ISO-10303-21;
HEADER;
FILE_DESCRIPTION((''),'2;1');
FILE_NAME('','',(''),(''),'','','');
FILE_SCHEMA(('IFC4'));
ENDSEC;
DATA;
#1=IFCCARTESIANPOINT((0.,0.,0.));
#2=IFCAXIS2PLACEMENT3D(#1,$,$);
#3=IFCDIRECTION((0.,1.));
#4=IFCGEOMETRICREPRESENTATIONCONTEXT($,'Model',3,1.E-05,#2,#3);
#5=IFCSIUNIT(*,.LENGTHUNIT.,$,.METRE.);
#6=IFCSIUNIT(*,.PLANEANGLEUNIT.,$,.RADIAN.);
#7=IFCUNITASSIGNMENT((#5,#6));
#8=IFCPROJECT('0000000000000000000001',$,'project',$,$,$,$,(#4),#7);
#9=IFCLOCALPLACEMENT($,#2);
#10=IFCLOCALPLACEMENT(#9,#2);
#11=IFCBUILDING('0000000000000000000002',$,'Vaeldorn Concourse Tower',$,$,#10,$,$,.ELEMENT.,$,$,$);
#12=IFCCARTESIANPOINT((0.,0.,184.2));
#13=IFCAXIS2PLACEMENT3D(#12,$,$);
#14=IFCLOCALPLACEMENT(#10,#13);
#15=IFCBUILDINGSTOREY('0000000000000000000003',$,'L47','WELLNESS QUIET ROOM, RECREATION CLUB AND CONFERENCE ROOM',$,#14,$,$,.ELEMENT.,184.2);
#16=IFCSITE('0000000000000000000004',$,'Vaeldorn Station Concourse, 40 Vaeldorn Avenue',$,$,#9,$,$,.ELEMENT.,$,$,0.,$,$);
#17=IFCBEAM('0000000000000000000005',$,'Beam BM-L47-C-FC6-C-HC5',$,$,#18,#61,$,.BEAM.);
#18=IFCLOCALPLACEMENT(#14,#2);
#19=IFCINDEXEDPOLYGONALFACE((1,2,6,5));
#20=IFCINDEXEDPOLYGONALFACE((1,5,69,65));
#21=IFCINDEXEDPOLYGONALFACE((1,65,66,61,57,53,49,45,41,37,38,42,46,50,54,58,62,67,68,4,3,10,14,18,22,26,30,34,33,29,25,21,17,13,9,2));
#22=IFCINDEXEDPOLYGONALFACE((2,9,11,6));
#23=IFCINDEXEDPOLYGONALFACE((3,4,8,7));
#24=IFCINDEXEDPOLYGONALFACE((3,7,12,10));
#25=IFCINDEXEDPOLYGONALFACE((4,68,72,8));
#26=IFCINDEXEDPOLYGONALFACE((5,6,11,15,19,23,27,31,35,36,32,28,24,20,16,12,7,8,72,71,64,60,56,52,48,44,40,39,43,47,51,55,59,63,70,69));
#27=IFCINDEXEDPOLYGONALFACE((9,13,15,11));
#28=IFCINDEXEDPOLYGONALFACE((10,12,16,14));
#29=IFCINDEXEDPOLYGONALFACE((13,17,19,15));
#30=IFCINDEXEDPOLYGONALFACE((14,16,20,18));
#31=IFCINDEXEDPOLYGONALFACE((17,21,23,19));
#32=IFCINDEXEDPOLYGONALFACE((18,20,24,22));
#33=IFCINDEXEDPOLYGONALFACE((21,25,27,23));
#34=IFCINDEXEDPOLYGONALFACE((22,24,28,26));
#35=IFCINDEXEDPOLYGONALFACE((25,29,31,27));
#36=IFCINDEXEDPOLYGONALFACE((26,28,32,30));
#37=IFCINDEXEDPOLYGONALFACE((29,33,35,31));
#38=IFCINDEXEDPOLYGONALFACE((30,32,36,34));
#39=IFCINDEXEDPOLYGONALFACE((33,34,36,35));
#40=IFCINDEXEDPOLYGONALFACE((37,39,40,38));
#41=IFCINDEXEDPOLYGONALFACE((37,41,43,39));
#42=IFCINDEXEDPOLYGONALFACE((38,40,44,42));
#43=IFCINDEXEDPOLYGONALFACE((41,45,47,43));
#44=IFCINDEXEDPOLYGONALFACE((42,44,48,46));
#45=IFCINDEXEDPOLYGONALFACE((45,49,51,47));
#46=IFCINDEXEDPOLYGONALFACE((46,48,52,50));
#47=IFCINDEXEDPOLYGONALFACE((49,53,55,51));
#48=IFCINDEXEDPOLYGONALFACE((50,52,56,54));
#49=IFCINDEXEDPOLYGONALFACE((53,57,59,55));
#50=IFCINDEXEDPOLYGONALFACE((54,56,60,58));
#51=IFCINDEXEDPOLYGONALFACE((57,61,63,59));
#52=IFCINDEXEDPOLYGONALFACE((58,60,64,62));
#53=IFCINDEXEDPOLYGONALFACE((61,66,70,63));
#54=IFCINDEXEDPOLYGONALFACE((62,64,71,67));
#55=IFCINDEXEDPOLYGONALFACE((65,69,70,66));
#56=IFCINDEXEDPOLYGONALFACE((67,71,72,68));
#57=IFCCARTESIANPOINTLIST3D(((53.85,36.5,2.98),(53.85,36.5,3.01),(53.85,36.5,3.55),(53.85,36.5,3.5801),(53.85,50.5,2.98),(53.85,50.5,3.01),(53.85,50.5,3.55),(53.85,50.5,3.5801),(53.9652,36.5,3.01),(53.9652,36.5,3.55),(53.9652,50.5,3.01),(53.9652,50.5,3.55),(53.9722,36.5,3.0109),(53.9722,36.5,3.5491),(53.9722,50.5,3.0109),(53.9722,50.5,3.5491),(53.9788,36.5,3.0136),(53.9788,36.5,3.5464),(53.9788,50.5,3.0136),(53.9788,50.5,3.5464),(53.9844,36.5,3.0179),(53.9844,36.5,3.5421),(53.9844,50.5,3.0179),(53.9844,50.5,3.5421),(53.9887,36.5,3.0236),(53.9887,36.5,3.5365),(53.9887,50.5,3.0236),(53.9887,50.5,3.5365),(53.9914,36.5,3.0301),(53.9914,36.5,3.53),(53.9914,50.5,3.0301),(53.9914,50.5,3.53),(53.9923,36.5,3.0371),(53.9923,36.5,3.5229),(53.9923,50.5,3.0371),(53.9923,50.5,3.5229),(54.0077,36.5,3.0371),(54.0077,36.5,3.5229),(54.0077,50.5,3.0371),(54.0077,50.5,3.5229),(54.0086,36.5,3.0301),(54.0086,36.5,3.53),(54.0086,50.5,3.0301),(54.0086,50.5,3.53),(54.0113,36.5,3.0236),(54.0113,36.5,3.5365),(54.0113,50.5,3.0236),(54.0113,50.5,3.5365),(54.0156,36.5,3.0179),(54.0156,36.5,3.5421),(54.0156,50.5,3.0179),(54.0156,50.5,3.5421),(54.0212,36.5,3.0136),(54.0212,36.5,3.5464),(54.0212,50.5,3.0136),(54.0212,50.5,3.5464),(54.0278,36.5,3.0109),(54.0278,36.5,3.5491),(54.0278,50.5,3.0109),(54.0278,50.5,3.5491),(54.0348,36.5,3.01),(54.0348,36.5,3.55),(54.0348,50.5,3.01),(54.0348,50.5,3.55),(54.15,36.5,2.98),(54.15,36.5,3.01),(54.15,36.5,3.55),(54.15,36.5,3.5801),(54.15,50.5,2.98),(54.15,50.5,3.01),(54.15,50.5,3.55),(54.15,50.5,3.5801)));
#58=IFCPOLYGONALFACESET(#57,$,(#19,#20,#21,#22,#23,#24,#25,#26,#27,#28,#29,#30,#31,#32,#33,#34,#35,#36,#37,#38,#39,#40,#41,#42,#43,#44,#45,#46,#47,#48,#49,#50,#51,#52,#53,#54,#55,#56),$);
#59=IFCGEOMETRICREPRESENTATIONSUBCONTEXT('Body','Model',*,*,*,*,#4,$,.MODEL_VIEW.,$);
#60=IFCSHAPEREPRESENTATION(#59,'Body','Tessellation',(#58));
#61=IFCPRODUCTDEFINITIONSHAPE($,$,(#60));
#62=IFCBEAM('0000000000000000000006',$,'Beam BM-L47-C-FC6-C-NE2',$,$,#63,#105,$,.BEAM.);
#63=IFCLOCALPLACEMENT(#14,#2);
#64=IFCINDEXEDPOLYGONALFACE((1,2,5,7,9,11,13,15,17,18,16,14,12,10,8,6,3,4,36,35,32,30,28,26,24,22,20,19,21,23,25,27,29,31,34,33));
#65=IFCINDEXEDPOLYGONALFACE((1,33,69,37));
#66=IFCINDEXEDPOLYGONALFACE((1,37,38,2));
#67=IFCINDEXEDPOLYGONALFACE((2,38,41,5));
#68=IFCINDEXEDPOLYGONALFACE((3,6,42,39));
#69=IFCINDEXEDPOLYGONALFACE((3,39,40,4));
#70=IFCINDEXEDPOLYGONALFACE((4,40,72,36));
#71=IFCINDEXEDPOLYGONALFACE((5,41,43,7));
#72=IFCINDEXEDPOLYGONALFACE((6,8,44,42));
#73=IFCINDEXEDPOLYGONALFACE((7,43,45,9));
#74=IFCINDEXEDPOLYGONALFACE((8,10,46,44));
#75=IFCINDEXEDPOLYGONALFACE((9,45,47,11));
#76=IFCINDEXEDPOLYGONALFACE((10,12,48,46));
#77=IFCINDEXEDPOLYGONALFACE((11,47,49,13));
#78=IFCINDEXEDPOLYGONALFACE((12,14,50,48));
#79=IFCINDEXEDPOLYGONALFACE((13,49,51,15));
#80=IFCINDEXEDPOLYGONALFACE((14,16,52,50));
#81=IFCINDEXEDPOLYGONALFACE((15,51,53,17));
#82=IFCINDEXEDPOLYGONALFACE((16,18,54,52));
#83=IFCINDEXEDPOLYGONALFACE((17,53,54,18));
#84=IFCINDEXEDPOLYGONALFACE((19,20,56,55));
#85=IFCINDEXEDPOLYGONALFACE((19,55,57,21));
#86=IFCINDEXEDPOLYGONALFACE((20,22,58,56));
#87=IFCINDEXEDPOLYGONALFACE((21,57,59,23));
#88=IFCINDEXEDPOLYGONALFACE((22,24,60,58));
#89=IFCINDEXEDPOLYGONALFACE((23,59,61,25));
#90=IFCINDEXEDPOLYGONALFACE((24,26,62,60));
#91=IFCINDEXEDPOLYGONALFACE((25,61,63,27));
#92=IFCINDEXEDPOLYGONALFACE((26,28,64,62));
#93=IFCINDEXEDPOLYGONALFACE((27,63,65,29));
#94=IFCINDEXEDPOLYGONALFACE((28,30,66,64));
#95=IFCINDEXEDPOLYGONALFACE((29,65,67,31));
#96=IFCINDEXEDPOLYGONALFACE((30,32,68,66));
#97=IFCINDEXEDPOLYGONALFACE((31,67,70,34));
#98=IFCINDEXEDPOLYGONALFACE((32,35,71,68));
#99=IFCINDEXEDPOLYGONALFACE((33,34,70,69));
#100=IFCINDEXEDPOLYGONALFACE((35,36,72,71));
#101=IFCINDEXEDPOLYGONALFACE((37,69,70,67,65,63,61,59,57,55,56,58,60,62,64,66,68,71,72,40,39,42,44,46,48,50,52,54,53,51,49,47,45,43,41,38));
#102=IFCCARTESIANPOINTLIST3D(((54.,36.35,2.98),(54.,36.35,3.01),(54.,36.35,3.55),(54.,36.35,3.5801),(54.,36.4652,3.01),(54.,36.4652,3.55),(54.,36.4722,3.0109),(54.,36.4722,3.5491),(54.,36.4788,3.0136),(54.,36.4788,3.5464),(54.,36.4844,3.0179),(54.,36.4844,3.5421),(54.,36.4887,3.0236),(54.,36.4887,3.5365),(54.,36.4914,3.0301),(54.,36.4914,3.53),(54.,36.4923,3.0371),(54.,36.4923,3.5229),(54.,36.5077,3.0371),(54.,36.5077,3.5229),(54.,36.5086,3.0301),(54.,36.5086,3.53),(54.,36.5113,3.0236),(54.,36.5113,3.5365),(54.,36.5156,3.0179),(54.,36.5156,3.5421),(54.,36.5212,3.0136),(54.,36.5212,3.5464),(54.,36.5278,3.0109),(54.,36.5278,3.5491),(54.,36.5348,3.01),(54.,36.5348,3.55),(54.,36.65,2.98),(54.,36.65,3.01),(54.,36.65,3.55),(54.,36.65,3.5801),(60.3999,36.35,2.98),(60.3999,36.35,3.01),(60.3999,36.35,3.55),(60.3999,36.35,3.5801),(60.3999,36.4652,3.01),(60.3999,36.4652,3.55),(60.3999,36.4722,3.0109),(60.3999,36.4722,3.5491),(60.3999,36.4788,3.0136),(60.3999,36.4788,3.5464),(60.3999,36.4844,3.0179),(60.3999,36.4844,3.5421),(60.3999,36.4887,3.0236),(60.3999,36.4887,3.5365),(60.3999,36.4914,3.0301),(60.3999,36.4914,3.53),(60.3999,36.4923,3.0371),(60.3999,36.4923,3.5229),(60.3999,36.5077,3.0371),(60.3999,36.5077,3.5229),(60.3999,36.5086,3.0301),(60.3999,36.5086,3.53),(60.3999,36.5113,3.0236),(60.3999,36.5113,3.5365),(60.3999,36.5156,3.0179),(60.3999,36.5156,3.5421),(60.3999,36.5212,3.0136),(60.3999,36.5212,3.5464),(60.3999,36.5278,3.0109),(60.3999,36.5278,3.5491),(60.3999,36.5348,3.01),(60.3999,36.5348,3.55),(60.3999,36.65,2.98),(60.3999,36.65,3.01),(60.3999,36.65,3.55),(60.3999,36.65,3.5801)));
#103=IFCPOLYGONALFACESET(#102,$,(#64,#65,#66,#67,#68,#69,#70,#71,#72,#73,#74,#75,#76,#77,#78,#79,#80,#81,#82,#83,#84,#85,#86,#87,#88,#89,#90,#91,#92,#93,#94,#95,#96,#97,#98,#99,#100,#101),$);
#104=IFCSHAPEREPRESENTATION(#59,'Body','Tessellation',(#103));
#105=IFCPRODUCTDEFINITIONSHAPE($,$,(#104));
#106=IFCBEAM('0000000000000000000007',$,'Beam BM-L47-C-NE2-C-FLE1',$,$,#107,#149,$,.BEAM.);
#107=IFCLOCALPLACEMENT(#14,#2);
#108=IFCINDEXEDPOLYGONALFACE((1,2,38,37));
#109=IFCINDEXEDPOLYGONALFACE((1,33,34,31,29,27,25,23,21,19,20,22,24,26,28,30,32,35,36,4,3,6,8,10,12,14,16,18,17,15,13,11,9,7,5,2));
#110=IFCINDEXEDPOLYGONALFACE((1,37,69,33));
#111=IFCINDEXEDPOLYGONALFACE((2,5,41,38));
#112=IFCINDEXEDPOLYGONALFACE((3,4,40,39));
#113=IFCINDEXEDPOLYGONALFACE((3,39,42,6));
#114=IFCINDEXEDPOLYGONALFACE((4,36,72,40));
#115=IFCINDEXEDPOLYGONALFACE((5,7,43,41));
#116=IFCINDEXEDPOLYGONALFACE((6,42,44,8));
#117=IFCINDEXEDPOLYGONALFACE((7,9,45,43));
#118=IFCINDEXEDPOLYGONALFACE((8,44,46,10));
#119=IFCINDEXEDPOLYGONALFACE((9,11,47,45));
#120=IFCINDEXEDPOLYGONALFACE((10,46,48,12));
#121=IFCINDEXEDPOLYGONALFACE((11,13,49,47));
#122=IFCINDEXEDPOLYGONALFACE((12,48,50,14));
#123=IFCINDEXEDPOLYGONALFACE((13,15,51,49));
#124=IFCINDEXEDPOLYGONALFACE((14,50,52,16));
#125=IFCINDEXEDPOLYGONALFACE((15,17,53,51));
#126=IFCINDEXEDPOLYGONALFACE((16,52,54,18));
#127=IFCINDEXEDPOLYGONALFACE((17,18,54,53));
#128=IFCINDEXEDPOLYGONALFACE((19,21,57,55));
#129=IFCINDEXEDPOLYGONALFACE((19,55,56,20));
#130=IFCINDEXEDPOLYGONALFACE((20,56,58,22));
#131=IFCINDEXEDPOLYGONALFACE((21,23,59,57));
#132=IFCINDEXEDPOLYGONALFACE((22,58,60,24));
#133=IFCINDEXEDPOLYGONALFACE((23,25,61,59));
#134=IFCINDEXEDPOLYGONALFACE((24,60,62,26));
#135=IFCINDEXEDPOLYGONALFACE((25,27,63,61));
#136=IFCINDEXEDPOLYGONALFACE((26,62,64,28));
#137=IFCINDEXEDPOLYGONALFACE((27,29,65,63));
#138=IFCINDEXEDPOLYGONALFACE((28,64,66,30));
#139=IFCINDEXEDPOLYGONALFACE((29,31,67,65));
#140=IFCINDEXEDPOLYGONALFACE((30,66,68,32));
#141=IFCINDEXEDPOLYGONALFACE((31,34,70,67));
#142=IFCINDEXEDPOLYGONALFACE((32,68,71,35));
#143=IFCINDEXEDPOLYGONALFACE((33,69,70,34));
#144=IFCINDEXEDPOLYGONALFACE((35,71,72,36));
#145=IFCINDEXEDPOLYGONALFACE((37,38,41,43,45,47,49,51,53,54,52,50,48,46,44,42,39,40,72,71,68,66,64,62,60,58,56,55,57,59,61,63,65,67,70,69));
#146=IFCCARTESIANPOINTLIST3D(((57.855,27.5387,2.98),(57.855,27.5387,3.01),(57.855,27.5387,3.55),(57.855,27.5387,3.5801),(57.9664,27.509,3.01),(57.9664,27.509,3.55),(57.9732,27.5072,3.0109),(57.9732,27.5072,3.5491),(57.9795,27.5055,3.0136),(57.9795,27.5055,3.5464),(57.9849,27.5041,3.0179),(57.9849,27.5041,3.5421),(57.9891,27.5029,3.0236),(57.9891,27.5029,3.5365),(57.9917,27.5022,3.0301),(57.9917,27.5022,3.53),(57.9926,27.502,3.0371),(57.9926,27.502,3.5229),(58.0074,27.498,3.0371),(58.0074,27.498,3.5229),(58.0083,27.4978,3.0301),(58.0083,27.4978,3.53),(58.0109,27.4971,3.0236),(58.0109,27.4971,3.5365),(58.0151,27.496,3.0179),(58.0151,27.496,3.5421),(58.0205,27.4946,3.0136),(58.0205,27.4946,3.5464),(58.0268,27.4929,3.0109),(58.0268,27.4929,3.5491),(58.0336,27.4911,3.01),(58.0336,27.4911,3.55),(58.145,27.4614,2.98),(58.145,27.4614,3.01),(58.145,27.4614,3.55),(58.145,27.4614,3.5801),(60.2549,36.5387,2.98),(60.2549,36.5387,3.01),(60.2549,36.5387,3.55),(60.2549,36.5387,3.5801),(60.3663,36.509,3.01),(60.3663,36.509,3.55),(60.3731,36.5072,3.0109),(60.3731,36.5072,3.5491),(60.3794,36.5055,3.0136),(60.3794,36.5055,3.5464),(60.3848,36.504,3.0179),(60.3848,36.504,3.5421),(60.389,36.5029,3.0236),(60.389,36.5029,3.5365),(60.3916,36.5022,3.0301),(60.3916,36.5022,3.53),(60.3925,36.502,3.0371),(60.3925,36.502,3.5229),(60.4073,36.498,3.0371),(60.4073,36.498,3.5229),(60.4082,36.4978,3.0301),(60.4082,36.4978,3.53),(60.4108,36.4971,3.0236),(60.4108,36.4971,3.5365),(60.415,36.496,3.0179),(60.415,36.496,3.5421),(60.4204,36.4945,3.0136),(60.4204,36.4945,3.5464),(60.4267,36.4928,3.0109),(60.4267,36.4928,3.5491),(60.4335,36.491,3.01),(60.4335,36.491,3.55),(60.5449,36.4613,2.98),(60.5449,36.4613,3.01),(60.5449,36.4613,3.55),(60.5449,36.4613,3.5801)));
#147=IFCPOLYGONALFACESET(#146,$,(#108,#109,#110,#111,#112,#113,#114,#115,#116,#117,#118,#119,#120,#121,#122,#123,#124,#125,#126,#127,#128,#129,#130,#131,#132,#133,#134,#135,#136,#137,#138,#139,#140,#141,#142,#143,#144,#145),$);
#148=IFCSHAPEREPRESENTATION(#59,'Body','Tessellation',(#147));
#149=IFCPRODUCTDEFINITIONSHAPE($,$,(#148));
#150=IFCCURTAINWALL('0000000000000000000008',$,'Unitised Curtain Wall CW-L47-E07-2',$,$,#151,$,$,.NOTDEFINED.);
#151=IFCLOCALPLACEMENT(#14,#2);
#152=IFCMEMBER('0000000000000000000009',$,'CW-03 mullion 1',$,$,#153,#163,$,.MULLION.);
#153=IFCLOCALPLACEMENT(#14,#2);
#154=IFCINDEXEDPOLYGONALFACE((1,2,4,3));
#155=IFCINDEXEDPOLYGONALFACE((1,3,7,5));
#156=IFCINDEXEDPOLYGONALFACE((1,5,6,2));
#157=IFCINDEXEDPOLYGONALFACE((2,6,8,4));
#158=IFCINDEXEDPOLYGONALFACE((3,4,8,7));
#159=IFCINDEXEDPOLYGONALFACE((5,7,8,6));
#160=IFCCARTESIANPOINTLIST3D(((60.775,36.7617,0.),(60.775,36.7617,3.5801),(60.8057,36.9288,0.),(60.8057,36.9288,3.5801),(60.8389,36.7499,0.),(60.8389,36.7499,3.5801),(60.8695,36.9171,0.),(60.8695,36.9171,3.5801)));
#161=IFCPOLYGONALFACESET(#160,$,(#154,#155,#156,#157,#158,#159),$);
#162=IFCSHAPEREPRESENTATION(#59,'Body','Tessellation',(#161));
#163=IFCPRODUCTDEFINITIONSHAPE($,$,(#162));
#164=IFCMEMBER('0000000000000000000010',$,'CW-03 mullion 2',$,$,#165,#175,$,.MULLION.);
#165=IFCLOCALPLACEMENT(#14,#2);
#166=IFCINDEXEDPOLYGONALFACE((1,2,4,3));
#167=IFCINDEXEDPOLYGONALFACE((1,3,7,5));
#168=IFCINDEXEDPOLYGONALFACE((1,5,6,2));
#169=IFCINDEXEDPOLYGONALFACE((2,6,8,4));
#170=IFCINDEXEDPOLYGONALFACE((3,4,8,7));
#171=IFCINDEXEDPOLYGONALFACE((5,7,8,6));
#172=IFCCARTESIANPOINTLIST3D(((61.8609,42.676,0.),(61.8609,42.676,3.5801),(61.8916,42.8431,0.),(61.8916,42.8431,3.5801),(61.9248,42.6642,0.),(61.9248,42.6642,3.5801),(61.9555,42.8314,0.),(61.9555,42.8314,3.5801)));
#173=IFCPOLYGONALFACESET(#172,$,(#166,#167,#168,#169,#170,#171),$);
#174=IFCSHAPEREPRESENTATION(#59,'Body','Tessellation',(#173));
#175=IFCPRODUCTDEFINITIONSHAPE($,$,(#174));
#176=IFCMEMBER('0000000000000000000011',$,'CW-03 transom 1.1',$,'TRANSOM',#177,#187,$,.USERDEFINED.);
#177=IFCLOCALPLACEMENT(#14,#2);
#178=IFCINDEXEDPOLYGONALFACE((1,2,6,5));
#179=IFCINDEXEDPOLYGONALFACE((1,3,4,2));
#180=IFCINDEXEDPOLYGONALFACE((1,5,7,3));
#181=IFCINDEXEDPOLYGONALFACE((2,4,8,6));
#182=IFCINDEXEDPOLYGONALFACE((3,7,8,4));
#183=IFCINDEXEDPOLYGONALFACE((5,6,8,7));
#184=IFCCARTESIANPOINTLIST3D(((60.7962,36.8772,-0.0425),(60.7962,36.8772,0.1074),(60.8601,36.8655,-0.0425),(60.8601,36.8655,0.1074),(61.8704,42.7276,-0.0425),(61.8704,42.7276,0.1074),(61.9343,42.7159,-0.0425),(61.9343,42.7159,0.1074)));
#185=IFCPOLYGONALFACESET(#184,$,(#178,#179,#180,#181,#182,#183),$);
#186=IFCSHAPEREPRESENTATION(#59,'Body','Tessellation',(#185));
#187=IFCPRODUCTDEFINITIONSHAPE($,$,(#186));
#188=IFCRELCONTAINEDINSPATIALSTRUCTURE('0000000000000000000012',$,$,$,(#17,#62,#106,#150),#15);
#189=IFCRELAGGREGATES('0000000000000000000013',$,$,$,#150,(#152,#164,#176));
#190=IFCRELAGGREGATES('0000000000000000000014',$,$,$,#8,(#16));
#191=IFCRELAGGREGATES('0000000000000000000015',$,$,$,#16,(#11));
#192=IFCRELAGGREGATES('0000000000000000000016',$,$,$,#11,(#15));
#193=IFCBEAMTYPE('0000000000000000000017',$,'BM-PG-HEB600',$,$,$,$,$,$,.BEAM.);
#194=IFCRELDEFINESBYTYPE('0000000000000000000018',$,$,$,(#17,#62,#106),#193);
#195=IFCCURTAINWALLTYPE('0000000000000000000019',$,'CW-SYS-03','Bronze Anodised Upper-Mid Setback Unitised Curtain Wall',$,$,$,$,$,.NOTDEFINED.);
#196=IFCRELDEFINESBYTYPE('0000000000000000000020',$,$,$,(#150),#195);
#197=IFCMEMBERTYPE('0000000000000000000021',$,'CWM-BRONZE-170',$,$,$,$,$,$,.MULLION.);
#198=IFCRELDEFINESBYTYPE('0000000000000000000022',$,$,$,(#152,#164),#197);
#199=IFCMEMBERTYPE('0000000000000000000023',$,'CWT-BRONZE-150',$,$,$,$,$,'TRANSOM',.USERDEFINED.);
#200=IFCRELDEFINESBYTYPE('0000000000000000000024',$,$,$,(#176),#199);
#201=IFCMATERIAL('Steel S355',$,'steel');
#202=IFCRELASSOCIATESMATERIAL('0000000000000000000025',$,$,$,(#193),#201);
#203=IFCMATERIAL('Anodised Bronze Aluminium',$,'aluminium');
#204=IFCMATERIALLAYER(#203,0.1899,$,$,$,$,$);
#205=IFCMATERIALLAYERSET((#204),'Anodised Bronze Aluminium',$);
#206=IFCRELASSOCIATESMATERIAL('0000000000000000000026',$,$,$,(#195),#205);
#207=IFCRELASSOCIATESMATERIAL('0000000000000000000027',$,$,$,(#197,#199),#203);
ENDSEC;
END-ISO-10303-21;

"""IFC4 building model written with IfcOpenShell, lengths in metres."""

from ifc_helpers import new_model, si_unit, direction, frame, origin, origin_2d, place, context, subcontext, project, spatial, rectangle, i_section, extrude, source, transform, mapped, material, layer, layer_set, material_profile, profile_set, type_object, element, aggregate, save


model = new_model("IFC4")

# Units and contexts
model_context = context("Model", 3, precision=1e-05, world=origin(), true_north=direction((0.0, 1.0)))
body_context = subcontext(model_context, "Body", "Model", "MODEL_VIEW")
ifc_project = project(units=[si_unit("LENGTHUNIT", "METRE"), si_unit("PLANEANGLEUNIT", "RADIAN")], contexts=[model_context])

# Site, building, storey
site_placement = place(None, origin())
site = spatial("IfcSite", under=ifc_project, at=site_placement, Name="Vaeldorn Station Concourse, 40 Vaeldorn Avenue", CompositionType="ELEMENT", RefElevation=0.0)
building_placement = place(site_placement, origin())
building = spatial("IfcBuilding", under=site, at=building_placement, Name="Vaeldorn Concourse Tower", CompositionType="ELEMENT")
storey_placement = place(building_placement, frame((0.0, 0.0, 184.2)))
storey = spatial("IfcBuildingStorey", under=building, at=storey_placement, Name="L47", Description="WELLNESS QUIET ROOM, RECREATION CLUB AND CONFERENCE ROOM", CompositionType="ELEMENT", Elevation=184.2)

# Beams
ifc_material_1 = material(Name="Steel S355", Category="steel")
ifc_material_profile_1 = material_profile(ifc_material_1, i_section(OverallWidth=0.3, OverallDepth=0.6001, WebThickness=0.0154, FlangeThickness=0.03, FilletRadius=0.0271, at=origin_2d()), Name="HEB 600")
ifc_profile_set_1 = profile_set([ifc_material_profile_1], Name="Steel S355")
beam_type_1 = type_object("IfcBeamType", Name="BM-PG-HEB600", PredefinedType="BEAM", material=ifc_profile_set_1)
shared_shape_1 = source(origin(), body_context, "Body", "SweptSolid", [
    extrude(i_section(OverallWidth=0.3, OverallDepth=0.6001, WebThickness=0.0154, FlangeThickness=0.03, FilletRadius=0.0271, at=origin_2d()), origin(), (0.0, 0.0, 1.0), 14.0),
])
beam_1_placement = place(storey_placement, frame((54.0, 36.5, 3.28), z_axis=(0.0, 1.0, 0.0), x_axis=(-1.0, 0.0, 0.0)))
element("IfcBeam", 1, at=beam_1_placement, inside=storey, type_object=beam_type_1, Name="Beam BM-L47-C-FC6-C-HC5", PredefinedType="BEAM", context=body_context, shape_type="MappedRepresentation", body=[
    mapped(shared_shape_1, transform((0.0, 0.0, 0.0), scale=1.0)),
])
shared_shape_2 = source(origin(), body_context, "Body", "SweptSolid", [
    extrude(i_section(OverallWidth=0.3, OverallDepth=0.6001, WebThickness=0.0154, FlangeThickness=0.03, FilletRadius=0.0271, at=origin_2d()), origin(), (0.0, 0.0, 1.0), 6.3999),
])
beam_2_placement = place(storey_placement, frame((54.0, 36.5, 3.28), z_axis=(1.0, 0.0, 0.0), x_axis=(0.0, 1.0, 0.0)))
element("IfcBeam", 2, at=beam_2_placement, inside=storey, type_object=beam_type_1, Name="Beam BM-L47-C-FC6-C-NE2", PredefinedType="BEAM", context=body_context, shape_type="MappedRepresentation", body=[
    mapped(shared_shape_2, transform((0.0, 0.0, 0.0), scale=1.0)),
])
shared_shape_3 = source(origin(), body_context, "Body", "SweptSolid", [
    extrude(i_section(OverallWidth=0.3, OverallDepth=0.6001, WebThickness=0.0154, FlangeThickness=0.03, FilletRadius=0.0271, at=origin_2d()), origin(), (0.0, 0.0, 1.0), 9.3145),
])
beam_3_placement = place(storey_placement, frame((60.3999, 36.5, 3.28), z_axis=(-0.257653, -0.966238, 0.0), x_axis=(0.966238, -0.257653, 0.0)))
element("IfcBeam", 3, at=beam_3_placement, inside=storey, type_object=beam_type_1, Name="Beam BM-L47-C-NE2-C-FLE1", PredefinedType="BEAM", context=body_context, shape_type="MappedRepresentation", body=[
    mapped(shared_shape_3, transform((0.0, 0.0, 0.0), scale=1.0)),
])

# Curtain wall, members
ifc_material_2 = material(Name="Anodised Bronze Aluminium", Category="aluminium")
ifc_layer_1 = layer(ifc_material_2, 0.1899)
ifc_layer_set_1 = layer_set([ifc_layer_1], Name="Anodised Bronze Aluminium")
curtain_wall_type = type_object("IfcCurtainWallType", Name="CW-SYS-03", Description="Bronze Anodised Upper-Mid Setback Unitised Curtain Wall", PredefinedType="NOTDEFINED", material=ifc_layer_set_1)
curtain_wall_placement = place(storey_placement, origin())
curtain_wall = element("IfcCurtainWall", 4, at=curtain_wall_placement, inside=storey, type_object=curtain_wall_type, Name="Unitised Curtain Wall CW-L47-E07-2", PredefinedType="NOTDEFINED")
ifc_material_profile_2 = material_profile(ifc_material_2, rectangle(XDim=0.0649, YDim=0.1699, at=origin_2d()), Name="CWM 65x170")
ifc_profile_set_2 = profile_set([ifc_material_profile_2], Name="Anodised Bronze Aluminium")
member_type_1 = type_object("IfcMemberType", Name="CWM-BRONZE-170", PredefinedType="MULLION", material=ifc_profile_set_2)
shared_shape_4 = source(origin(), body_context, "Body", "SweptSolid", [
    extrude(rectangle(XDim=0.0649, YDim=0.1699, at=origin_2d()), origin(), (0.0, 0.0, 1.0), 3.5801),
])
member_1_placement = place(storey_placement, frame((60.8223, 36.8394, 0.0), z_axis=(0.0, 0.0, 1.0), x_axis=(-0.983559, 0.180585, 0.0)))
member_1 = element("IfcMember", 5, at=member_1_placement, type_object=member_type_1, Name="CW-03 mullion 1", PredefinedType="MULLION", context=body_context, shape_type="MappedRepresentation", body=[
    mapped(shared_shape_4, transform((0.0, 0.0, 0.0), scale=1.0)),
])
member_2_placement = place(storey_placement, frame((61.9082, 42.7537, 0.0), z_axis=(0.0, 0.0, 1.0), x_axis=(-0.983559, 0.180585, 0.0)))
member_2 = element("IfcMember", 6, at=member_2_placement, type_object=member_type_1, Name="CW-03 mullion 2", PredefinedType="MULLION", context=body_context, shape_type="MappedRepresentation", body=[
    mapped(shared_shape_4, transform((0.0, 0.0, 0.0), scale=1.0)),
])
ifc_material_profile_3 = material_profile(ifc_material_2, rectangle(XDim=0.0649, YDim=0.1499, at=origin_2d()), Name="CWT 65x150")
ifc_profile_set_3 = profile_set([ifc_material_profile_3], Name="Anodised Bronze Aluminium")
member_type_2 = type_object("IfcMemberType", Name="CWT-BRONZE-150", ElementType="TRANSOM", PredefinedType="USERDEFINED", material=ifc_profile_set_3)
shared_shape_5 = source(origin(), body_context, "Body", "SweptSolid", [
    extrude(rectangle(XDim=0.0649, YDim=0.1499, at=origin_2d()), origin(), (0.0, 0.0, 1.0), 5.9482),
])
member_3_placement = place(storey_placement, frame((60.8281, 36.8713, 0.0325), z_axis=(0.180597, 0.983557, 0.0), x_axis=(-0.983557, 0.180597, 0.0)))
member_3 = element("IfcMember", 7, at=member_3_placement, type_object=member_type_2, Name="CW-03 transom 1.1", ObjectType="TRANSOM", PredefinedType="USERDEFINED", context=body_context, shape_type="MappedRepresentation", body=[
    mapped(shared_shape_5, transform((0.0, 0.0, 0.0), scale=1.0)),
])
aggregate(curtain_wall, [member_1, member_2, member_3])

save(model, "model.ifc")
